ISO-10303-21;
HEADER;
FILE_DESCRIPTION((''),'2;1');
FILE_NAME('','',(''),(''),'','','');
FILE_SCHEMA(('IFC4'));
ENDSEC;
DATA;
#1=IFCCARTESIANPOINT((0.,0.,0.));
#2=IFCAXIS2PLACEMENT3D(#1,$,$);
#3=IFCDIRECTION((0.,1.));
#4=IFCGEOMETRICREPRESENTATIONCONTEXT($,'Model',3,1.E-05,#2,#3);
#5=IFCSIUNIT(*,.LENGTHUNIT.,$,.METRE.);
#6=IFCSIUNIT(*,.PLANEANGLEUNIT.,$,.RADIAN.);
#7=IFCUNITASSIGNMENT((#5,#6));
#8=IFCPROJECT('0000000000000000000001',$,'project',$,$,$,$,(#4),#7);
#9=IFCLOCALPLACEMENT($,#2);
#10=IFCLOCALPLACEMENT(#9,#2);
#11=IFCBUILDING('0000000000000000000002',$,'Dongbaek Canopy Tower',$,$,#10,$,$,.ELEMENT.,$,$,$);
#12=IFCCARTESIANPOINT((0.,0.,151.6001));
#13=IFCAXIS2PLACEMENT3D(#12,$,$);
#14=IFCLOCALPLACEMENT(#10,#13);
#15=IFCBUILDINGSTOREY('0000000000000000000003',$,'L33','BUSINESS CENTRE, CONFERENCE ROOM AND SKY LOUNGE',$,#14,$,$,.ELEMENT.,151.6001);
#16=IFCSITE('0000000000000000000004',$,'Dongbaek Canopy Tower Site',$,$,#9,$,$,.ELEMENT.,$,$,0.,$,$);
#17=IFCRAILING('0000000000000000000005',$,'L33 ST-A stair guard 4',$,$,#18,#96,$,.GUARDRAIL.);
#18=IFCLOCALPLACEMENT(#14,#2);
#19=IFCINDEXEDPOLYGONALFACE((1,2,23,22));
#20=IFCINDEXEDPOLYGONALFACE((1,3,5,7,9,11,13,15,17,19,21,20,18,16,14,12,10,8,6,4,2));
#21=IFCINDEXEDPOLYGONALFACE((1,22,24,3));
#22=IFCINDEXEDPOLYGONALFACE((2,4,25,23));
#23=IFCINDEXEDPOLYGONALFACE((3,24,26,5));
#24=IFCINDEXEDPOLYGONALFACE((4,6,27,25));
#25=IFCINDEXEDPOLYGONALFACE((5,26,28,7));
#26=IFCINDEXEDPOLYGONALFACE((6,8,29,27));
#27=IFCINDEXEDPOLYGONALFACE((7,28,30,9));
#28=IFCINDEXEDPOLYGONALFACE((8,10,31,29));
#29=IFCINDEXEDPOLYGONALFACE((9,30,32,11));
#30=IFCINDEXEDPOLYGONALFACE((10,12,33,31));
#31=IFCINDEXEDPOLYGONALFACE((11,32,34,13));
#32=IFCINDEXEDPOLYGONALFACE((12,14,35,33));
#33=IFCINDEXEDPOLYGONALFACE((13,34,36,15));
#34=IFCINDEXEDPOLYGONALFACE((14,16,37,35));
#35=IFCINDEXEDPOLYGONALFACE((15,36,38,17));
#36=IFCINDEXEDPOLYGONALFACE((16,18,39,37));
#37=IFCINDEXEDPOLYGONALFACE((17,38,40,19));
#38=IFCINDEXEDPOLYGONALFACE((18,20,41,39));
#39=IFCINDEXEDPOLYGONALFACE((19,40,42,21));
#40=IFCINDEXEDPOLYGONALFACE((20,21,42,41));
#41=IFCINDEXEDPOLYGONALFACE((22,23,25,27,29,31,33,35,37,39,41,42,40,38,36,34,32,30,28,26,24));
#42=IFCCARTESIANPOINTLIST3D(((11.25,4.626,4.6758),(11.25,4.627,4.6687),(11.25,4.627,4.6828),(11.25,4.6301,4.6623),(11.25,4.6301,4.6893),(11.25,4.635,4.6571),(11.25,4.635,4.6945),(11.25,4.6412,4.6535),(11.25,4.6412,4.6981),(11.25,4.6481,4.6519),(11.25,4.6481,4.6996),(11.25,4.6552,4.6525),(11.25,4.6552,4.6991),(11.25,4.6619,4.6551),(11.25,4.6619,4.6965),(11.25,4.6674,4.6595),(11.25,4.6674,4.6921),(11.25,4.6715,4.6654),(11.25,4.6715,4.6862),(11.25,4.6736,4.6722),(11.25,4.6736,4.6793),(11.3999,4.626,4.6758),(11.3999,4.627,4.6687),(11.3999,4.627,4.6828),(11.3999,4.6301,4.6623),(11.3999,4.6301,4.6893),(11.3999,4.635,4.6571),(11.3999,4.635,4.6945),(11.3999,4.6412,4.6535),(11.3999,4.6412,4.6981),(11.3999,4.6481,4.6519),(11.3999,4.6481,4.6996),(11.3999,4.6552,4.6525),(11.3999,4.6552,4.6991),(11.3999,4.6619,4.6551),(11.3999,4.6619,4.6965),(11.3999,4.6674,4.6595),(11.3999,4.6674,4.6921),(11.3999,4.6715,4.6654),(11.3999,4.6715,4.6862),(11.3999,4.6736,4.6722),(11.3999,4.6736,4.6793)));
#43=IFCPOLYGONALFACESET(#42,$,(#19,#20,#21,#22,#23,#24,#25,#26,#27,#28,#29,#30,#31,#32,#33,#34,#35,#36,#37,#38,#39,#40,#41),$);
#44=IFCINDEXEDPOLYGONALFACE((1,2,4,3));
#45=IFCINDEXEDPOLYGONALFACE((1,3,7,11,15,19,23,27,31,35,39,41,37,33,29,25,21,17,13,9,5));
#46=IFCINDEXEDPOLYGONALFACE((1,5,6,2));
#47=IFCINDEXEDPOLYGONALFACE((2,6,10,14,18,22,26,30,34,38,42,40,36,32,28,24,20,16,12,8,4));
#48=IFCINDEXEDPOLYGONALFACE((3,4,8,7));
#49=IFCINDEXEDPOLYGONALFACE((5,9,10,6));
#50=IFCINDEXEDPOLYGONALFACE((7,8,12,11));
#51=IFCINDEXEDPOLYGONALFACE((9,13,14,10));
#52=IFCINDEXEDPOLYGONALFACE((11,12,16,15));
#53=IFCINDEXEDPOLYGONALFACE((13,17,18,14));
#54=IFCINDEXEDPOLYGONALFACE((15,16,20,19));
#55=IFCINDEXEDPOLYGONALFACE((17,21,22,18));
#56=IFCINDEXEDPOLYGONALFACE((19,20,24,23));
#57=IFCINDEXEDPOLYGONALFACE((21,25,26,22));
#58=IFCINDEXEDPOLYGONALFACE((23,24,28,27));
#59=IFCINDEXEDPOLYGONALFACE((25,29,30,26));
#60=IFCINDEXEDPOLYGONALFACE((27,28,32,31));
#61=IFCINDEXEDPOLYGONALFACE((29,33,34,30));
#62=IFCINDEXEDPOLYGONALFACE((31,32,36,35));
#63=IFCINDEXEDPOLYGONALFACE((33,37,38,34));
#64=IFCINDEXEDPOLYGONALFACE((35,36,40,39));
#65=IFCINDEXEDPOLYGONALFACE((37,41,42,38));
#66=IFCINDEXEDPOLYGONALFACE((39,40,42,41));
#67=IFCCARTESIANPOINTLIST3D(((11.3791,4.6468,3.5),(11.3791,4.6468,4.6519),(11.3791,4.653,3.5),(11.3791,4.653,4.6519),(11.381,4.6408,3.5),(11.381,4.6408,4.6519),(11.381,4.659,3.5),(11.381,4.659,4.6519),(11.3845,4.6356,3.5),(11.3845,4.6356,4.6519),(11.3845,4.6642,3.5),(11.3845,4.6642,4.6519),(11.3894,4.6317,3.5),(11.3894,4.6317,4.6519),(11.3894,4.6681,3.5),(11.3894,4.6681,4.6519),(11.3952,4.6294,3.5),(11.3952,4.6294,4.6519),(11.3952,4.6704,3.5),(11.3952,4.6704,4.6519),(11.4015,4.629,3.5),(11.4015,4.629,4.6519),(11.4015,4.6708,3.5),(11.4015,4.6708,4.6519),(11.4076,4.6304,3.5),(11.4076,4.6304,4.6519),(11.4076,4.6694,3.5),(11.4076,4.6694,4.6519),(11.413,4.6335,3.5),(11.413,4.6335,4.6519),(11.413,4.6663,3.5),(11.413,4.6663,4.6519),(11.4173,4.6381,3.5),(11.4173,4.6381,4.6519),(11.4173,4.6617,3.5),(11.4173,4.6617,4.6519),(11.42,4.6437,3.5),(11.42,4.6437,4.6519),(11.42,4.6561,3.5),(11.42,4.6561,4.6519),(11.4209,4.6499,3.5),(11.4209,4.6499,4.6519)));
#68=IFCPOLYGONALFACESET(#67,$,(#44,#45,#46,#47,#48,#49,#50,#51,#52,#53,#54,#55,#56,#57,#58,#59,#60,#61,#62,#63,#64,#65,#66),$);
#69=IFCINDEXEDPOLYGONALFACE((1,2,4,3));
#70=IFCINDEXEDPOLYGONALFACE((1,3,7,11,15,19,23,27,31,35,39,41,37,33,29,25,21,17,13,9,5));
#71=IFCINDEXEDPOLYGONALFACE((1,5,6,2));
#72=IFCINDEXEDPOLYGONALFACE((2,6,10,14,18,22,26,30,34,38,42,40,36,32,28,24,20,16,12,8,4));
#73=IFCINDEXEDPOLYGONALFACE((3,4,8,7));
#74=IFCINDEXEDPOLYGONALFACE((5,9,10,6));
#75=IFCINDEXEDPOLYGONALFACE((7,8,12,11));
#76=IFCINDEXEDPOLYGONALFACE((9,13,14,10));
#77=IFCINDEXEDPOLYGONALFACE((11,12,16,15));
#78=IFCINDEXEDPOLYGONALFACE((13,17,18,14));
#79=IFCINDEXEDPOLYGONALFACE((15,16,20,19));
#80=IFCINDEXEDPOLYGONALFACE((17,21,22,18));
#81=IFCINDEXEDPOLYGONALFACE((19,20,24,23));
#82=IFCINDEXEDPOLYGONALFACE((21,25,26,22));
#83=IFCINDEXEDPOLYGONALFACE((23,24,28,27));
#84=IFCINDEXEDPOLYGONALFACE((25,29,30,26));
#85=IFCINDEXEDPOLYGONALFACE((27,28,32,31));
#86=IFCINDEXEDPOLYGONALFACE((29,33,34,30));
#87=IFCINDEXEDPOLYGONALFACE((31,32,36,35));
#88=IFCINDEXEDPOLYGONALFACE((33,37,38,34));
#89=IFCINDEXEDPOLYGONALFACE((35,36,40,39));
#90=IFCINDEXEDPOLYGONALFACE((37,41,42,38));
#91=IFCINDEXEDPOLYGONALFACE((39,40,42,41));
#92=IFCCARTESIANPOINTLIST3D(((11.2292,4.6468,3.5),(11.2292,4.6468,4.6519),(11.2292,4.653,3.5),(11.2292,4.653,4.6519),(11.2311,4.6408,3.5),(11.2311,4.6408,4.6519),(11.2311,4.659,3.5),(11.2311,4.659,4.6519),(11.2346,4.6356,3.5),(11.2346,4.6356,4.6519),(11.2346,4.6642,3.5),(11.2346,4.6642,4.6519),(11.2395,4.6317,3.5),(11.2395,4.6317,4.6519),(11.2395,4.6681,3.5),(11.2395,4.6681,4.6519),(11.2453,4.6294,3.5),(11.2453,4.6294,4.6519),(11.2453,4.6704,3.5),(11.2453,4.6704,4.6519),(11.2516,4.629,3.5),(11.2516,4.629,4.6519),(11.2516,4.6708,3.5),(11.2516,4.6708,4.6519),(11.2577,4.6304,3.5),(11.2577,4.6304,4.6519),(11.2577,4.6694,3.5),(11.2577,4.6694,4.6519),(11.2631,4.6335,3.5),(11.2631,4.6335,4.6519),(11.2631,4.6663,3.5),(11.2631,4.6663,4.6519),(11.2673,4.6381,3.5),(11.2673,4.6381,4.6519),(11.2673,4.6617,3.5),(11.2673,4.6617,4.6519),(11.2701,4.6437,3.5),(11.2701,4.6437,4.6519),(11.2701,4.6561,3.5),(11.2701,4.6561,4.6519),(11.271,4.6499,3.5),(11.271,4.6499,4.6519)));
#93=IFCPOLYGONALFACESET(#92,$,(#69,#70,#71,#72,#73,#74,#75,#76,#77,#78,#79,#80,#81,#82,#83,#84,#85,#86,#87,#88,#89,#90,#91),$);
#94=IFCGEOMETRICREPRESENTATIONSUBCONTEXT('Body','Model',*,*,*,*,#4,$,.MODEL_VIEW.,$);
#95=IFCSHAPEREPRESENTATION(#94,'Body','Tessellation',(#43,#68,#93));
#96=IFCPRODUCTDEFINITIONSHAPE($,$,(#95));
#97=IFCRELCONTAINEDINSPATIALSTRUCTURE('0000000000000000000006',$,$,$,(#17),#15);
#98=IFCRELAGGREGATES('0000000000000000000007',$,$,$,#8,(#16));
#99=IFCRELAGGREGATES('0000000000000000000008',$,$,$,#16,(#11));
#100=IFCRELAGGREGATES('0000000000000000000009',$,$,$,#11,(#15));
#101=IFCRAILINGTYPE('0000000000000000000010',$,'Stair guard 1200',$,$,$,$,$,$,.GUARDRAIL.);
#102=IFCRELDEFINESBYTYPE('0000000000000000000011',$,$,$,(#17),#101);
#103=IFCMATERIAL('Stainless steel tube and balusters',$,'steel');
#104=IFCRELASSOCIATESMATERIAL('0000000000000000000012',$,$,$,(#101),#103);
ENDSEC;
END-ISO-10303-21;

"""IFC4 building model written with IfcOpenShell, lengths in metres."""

from ifc_helpers import new_model, si_unit, direction, frame, origin, origin_2d, place, context, subcontext, project, spatial, circle, extrude, material, type_object, element, save


model = new_model("IFC4")

# Units and contexts
model_context = context("Model", 3, precision=1e-05, world=origin(), true_north=direction((0.0, 1.0)))
body_context = subcontext(model_context, "Body", "Model", "MODEL_VIEW")
ifc_project = project(units=[si_unit("LENGTHUNIT", "METRE"), si_unit("PLANEANGLEUNIT", "RADIAN")], contexts=[model_context])

# Site, building, storey
site_placement = place(None, origin())
site = spatial("IfcSite", under=ifc_project, at=site_placement, Name="Dongbaek Canopy Tower Site", CompositionType="ELEMENT", RefElevation=0.0)
building_placement = place(site_placement, origin())
building = spatial("IfcBuilding", under=site, at=building_placement, Name="Dongbaek Canopy Tower", CompositionType="ELEMENT")
storey_placement = place(building_placement, frame((0.0, 0.0, 151.6001)))
storey = spatial("IfcBuildingStorey", under=building, at=storey_placement, Name="L33", Description="BUSINESS CENTRE, CONFERENCE ROOM AND SKY LOUNGE", CompositionType="ELEMENT", Elevation=151.6001)

# Railing
ifc_material_1 = material(Name="Stainless steel tube and balusters", Category="steel")
railing_type_1 = type_object("IfcRailingType", Name="Stair guard 1200", PredefinedType="GUARDRAIL", material=ifc_material_1)
railing_1_placement = place(storey_placement, frame((11.3999, 4.6499, 3.5)))
element("IfcRailing", 1, at=railing_1_placement, inside=storey, type_object=railing_type_1, Name="L33 ST-A stair guard 4", PredefinedType="GUARDRAIL", context=body_context, shape_type="SweptSolid", body=[
    extrude(circle(Radius=0.0239, at=origin_2d()), frame((0.0, 0.0, 1.1758), z_axis=(-1.0, 0.0, 0.0), x_axis=(0.0, -1.0, 0.0)), (0.0, 0.0, 1.0), 0.1499),
    extrude(circle(Radius=0.021, at=origin_2d()), origin(), (0.0, 0.0, 1.0), 1.1519),
    extrude(circle(Radius=0.021, at=origin_2d()), frame((-0.1499, 0.0, 0.0)), (0.0, 0.0, 1.0), 1.1519),
])

save(model, "model.ifc")
